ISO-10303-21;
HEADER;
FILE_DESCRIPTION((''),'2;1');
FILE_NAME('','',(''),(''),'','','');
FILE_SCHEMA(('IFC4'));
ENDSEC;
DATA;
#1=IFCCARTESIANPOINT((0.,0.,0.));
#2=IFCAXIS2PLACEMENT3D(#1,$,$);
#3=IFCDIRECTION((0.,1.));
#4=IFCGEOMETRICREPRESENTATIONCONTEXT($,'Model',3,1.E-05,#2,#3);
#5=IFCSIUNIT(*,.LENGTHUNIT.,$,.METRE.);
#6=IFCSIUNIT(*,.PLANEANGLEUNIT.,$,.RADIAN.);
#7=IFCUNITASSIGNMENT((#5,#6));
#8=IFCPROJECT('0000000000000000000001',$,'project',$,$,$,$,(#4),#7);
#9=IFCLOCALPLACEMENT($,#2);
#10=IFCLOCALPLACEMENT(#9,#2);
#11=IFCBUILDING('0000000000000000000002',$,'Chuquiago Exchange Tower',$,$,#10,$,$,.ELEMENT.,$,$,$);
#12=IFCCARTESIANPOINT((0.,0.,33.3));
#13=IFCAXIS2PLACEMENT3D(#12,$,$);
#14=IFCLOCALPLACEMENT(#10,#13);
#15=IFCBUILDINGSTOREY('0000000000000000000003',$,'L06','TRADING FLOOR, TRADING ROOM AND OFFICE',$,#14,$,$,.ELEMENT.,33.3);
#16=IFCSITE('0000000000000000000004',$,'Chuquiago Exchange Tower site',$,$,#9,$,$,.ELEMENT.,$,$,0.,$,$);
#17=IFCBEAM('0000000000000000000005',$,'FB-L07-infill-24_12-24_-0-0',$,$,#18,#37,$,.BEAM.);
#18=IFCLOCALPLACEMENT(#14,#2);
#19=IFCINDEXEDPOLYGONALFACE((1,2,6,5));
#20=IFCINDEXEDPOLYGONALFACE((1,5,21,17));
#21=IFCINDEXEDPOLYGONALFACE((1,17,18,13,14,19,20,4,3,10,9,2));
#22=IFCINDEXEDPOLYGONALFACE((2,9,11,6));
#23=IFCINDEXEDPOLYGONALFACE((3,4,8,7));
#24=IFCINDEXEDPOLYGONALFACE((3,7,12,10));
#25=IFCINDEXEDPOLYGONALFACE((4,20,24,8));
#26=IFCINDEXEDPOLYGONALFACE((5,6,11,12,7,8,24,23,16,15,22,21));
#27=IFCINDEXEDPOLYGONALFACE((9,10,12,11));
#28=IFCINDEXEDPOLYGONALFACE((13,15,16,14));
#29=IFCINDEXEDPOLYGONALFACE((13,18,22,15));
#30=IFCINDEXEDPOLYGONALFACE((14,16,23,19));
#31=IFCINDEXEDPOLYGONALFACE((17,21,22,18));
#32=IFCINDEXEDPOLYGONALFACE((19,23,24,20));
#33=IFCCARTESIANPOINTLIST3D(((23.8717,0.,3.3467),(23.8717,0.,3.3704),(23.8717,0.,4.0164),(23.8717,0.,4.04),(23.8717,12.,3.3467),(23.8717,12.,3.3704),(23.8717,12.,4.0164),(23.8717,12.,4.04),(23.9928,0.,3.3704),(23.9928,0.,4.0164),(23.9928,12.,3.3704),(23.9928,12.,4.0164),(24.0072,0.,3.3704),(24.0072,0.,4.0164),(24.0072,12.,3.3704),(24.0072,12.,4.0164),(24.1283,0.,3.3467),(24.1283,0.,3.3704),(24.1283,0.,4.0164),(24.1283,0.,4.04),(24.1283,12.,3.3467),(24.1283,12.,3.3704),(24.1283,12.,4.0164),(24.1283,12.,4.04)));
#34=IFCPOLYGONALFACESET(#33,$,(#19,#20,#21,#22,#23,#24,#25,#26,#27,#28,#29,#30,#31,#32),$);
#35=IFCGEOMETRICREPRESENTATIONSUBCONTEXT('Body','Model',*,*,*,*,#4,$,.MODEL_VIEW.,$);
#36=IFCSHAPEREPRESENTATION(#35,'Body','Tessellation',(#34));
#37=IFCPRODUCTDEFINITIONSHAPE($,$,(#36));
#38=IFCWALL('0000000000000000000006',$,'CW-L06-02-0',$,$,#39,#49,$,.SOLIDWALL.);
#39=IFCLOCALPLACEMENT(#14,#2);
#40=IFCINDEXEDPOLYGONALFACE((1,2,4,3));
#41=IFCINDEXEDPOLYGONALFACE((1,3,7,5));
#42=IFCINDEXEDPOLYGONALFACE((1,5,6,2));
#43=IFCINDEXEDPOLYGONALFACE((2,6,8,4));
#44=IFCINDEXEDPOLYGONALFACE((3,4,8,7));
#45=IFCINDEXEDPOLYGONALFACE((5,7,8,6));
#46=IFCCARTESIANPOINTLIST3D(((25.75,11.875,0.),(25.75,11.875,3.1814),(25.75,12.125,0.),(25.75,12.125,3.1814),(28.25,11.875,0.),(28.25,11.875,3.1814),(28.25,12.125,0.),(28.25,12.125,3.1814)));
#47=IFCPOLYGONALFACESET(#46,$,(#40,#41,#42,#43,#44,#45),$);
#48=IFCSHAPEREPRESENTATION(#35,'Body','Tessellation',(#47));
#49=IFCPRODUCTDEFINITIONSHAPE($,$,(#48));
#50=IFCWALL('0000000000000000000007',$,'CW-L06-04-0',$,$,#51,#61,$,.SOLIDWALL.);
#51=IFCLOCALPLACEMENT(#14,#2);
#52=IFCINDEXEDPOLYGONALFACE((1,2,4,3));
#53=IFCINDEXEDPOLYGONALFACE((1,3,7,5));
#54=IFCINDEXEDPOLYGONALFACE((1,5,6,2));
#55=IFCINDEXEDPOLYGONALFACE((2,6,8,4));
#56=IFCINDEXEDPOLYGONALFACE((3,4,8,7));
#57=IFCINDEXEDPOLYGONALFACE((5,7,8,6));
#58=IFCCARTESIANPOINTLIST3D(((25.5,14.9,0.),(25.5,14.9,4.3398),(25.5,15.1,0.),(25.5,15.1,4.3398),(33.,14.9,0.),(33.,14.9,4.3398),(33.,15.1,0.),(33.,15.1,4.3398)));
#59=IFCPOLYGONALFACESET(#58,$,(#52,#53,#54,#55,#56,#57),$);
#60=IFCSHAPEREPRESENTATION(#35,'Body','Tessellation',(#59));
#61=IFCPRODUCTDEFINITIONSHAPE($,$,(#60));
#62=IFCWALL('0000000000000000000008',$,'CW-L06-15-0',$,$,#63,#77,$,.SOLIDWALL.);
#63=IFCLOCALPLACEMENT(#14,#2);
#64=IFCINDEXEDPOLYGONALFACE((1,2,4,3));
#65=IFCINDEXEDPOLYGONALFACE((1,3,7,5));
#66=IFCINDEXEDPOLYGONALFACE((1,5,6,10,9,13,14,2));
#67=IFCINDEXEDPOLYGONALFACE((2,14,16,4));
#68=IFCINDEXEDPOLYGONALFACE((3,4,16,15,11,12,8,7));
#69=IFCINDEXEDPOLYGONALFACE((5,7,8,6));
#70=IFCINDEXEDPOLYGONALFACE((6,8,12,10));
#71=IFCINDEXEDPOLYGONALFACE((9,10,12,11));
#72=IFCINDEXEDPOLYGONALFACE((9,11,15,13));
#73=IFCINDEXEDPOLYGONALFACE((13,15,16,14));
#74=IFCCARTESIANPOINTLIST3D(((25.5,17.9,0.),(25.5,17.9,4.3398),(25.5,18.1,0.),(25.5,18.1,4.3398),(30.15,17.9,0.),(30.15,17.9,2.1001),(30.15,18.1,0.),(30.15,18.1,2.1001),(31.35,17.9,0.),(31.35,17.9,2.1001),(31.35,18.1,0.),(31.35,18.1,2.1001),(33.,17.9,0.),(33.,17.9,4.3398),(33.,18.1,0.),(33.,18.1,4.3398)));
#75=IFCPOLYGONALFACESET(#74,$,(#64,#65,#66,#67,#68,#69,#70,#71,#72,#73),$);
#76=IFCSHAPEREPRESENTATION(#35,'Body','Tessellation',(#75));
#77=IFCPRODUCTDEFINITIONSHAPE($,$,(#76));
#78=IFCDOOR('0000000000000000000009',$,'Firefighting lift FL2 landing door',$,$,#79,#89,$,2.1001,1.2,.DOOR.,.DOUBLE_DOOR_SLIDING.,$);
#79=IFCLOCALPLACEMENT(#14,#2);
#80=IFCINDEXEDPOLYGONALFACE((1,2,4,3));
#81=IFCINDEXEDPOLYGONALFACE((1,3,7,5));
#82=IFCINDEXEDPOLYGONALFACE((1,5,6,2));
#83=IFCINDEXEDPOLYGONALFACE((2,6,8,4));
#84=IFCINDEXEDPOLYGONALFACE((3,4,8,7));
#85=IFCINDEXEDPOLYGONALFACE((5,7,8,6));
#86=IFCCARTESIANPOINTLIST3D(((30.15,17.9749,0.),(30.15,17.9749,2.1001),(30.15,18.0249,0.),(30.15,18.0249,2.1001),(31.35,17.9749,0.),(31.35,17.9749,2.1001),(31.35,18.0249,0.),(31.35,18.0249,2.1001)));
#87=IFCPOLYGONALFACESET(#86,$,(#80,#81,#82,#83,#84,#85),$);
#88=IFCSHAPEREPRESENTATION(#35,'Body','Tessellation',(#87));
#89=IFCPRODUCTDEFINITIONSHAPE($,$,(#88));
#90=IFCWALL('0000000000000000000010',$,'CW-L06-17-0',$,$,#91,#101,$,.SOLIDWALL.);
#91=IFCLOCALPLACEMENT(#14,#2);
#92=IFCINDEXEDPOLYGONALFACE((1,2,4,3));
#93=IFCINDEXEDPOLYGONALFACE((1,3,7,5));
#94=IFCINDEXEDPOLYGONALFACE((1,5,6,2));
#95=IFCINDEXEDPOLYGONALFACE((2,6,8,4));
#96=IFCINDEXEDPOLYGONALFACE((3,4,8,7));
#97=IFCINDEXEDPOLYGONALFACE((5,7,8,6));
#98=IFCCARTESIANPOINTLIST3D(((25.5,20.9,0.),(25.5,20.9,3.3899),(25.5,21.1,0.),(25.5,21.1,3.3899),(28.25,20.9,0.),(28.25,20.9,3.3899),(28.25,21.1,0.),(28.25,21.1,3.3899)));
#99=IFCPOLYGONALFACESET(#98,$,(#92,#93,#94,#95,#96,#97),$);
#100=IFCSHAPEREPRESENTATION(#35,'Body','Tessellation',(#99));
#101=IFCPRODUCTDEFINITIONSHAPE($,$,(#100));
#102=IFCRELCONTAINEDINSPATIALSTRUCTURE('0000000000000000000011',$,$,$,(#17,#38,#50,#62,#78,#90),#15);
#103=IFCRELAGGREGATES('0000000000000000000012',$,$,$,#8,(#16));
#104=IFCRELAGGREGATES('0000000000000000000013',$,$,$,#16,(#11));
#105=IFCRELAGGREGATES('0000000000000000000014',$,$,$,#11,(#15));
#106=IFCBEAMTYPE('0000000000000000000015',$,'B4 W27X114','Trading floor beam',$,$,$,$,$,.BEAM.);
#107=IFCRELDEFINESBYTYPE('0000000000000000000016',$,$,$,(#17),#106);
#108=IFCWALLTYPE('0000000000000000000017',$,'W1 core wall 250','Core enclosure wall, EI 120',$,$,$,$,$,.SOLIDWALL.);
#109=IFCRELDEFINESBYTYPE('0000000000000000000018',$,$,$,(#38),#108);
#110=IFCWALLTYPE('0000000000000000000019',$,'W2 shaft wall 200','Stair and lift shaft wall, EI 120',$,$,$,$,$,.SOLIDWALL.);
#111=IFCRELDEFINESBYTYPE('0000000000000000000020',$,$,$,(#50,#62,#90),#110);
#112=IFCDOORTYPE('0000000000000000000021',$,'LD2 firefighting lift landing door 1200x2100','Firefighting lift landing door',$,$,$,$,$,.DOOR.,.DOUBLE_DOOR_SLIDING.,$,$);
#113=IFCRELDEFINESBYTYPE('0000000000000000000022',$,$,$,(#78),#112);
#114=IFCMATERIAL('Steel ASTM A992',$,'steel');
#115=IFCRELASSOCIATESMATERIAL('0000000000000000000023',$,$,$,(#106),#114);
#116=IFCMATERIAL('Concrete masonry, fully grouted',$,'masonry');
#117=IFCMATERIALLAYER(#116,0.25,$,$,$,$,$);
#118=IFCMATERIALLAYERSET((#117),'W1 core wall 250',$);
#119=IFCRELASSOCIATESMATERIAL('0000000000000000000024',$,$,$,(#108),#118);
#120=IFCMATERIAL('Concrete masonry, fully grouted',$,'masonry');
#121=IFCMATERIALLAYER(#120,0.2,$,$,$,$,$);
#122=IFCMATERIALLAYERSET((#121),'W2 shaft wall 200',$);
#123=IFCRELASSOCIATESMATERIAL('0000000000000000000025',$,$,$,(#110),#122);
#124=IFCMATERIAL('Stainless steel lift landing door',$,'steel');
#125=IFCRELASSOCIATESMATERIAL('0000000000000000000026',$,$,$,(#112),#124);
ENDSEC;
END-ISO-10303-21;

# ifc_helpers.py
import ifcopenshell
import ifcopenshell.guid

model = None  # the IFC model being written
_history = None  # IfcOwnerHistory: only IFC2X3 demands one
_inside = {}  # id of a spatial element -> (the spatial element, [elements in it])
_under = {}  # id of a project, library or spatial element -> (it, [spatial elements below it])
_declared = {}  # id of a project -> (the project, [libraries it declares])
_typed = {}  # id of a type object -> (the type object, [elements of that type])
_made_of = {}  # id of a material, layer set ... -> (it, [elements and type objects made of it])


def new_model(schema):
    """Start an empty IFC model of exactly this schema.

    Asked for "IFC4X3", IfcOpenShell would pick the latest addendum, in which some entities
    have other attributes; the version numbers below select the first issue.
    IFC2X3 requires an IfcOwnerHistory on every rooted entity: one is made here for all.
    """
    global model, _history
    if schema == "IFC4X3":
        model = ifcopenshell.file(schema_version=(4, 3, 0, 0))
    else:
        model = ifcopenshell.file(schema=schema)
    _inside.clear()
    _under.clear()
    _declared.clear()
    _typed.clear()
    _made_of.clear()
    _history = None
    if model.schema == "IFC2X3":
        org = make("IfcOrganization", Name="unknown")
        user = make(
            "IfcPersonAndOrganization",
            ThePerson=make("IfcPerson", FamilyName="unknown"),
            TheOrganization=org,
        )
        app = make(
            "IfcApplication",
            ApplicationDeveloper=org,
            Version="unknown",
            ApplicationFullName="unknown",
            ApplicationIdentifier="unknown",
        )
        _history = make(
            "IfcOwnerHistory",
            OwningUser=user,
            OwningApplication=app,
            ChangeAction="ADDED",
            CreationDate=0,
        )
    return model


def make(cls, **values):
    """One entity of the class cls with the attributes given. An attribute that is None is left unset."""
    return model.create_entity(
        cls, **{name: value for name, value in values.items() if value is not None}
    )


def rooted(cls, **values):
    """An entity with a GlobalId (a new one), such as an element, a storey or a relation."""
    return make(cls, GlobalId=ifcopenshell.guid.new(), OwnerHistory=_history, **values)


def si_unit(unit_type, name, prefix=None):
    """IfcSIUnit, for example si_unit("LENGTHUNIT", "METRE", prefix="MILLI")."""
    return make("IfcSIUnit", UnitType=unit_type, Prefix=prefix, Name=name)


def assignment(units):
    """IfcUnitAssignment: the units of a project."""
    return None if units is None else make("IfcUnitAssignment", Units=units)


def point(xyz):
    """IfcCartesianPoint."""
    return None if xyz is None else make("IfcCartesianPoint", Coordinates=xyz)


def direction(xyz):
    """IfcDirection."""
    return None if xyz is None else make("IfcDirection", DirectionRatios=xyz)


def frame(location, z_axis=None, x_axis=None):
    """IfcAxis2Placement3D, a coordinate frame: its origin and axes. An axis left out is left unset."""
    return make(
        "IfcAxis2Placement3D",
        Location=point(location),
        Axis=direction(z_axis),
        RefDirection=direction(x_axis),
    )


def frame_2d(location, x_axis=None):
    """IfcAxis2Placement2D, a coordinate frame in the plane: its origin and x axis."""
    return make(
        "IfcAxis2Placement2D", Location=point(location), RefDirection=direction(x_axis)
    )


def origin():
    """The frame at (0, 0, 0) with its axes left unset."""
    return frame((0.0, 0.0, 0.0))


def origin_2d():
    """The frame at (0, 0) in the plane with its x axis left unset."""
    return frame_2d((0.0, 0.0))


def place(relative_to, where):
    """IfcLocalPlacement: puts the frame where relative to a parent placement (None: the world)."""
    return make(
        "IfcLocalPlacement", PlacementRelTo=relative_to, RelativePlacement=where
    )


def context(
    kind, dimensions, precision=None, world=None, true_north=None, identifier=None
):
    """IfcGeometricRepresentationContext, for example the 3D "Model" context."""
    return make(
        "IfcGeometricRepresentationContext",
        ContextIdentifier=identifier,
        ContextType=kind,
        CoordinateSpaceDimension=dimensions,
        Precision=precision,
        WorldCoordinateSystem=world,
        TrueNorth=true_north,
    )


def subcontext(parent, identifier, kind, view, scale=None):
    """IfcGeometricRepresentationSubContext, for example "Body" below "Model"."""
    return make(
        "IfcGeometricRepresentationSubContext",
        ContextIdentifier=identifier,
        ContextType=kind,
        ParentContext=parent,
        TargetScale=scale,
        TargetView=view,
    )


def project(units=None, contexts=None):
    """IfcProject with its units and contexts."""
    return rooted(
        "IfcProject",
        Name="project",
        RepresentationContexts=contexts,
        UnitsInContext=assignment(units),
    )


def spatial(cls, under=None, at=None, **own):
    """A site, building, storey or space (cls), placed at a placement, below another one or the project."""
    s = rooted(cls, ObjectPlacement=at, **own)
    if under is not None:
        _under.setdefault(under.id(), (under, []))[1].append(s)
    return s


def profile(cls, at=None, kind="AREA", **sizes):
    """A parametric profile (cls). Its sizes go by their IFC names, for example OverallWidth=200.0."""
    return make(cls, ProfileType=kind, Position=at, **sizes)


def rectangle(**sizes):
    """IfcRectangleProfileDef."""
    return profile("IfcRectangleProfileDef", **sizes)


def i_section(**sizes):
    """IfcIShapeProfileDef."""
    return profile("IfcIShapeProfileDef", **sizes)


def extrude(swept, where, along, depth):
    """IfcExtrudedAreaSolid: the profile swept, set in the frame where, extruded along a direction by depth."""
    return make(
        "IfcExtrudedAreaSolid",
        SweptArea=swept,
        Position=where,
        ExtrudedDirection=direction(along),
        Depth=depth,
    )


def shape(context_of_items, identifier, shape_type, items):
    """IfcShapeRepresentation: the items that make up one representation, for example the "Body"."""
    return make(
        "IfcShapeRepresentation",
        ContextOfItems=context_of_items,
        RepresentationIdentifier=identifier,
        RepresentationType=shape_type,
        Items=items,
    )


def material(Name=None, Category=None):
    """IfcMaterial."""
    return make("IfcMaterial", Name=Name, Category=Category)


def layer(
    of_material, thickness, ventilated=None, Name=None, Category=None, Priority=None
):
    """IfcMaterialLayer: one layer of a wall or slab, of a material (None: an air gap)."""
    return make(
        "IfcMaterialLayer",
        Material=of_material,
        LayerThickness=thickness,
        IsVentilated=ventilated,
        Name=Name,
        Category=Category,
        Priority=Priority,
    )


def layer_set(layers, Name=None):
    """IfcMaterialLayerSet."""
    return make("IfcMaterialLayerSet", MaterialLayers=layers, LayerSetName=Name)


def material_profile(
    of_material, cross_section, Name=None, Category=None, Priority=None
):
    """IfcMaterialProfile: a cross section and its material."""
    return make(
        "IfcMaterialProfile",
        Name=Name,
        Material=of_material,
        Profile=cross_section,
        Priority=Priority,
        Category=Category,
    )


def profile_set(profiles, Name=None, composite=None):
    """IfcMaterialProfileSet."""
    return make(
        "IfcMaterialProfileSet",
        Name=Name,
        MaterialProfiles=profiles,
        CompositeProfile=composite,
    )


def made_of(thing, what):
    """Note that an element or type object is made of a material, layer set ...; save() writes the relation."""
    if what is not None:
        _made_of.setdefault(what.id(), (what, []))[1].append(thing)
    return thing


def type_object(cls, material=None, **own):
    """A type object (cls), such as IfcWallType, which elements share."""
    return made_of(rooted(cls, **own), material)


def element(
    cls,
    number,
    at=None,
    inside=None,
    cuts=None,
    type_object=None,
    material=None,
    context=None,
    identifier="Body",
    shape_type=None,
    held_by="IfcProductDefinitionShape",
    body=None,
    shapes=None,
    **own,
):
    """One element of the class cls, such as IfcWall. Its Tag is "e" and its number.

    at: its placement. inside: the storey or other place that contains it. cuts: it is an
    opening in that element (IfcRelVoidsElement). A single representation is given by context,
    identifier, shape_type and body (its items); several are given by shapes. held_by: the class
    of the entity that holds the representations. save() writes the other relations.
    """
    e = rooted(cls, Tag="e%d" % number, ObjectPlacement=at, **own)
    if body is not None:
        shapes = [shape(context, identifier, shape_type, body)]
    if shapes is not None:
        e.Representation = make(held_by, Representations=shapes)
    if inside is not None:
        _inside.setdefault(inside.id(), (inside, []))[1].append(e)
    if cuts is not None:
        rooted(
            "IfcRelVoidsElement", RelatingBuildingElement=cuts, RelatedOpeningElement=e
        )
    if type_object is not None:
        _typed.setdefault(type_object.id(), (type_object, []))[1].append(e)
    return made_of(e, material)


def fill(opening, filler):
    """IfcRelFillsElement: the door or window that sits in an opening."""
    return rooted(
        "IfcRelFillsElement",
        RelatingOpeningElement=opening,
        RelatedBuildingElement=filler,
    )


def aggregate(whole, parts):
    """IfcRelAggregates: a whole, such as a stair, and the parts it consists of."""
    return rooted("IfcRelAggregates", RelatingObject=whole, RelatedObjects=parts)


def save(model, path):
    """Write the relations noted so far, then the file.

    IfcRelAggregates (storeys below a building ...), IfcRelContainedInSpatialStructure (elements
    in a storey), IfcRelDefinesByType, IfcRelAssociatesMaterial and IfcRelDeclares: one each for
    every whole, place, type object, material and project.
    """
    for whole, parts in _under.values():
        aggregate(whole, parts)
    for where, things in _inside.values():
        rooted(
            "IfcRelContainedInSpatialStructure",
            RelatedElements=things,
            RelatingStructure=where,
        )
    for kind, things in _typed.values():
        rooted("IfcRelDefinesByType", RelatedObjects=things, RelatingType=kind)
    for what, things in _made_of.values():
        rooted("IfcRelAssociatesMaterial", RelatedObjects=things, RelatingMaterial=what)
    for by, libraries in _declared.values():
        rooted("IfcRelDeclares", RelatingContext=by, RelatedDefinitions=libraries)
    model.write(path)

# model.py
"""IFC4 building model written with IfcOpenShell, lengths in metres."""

from ifc_helpers import new_model, si_unit, direction, frame, frame_2d, origin, origin_2d, place, context, subcontext, project, spatial, rectangle, i_section, extrude, material, layer, layer_set, material_profile, profile_set, type_object, element, fill, save


model = new_model("IFC4")

# Units and contexts
model_context = context("Model", 3, precision=1e-05, world=origin(), true_north=direction((0.0, 1.0)))
body_context = subcontext(model_context, "Body", "Model", "MODEL_VIEW")
ifc_project = project(units=[si_unit("LENGTHUNIT", "METRE"), si_unit("PLANEANGLEUNIT", "RADIAN")], contexts=[model_context])

# Site, building, storey
site_placement = place(None, origin())
site = spatial("IfcSite", under=ifc_project, at=site_placement, Name="Chuquiago Exchange Tower site", CompositionType="ELEMENT", RefElevation=0.0)
building_placement = place(site_placement, origin())
building = spatial("IfcBuilding", under=site, at=building_placement, Name="Chuquiago Exchange Tower", CompositionType="ELEMENT")
storey_placement = place(building_placement, frame((0.0, 0.0, 33.3)))
storey = spatial("IfcBuildingStorey", under=building, at=storey_placement, Name="L06", Description="TRADING FLOOR, TRADING ROOM AND OFFICE", CompositionType="ELEMENT", Elevation=33.3)

# Beam
ifc_material_1 = material(Name="Steel ASTM A992", Category="steel")
ifc_material_profile_1 = material_profile(ifc_material_1, i_section(OverallWidth=0.2566, OverallDepth=0.6934, WebThickness=0.0144, FlangeThickness=0.0237, at=origin_2d()), Name="W27X114")
ifc_profile_set_1 = profile_set([ifc_material_profile_1], Name="Steel ASTM A992")
beam_type_1 = type_object("IfcBeamType", Name="B4 W27X114", Description="Trading floor beam", PredefinedType="BEAM", material=ifc_profile_set_1)
for number, where, z_axis, x_axis, name in (
    (1, (24.0, 12.0, 3.6934), (0.0, -1.0, 0.0), (1.0, 0.0, 0.0), "FB-L07-infill-24_12-24_-0-0"),
):
    element("IfcBeam", number, at=place(storey_placement, frame(where, z_axis=z_axis, x_axis=x_axis)), inside=storey, type_object=beam_type_1, Name=name, PredefinedType="BEAM", context=body_context, shape_type="SweptSolid", body=[
        extrude(i_section(OverallWidth=0.2566, OverallDepth=0.6934, WebThickness=0.0144, FlangeThickness=0.0237, at=origin_2d()), origin(), (0.0, 0.0, 1.0), 12.0),
    ])

# Walls
ifc_material_2 = material(Name="Concrete masonry, fully grouted", Category="masonry")
ifc_layer_1 = layer(ifc_material_2, 0.25)
ifc_layer_set_1 = layer_set([ifc_layer_1], Name="W1 core wall 250")
wall_type_1 = type_object("IfcWallType", Name="W1 core wall 250", Description="Core enclosure wall, EI 120", PredefinedType="SOLIDWALL", material=ifc_layer_set_1)
wall_1_placement = place(storey_placement, frame((25.75, 12.0, 0.0), z_axis=(0.0, 0.0, 1.0), x_axis=(1.0, 0.0, 0.0)))
element("IfcWall", 2, at=wall_1_placement, inside=storey, type_object=wall_type_1, Name="CW-L06-02-0", PredefinedType="SOLIDWALL", context=body_context, shape_type="SweptSolid", body=[
    extrude(rectangle(XDim=2.5, YDim=0.25, at=frame_2d((1.25, 0.0))), origin(), (0.0, 0.0, 1.0), 3.1814),
])
ifc_material_3 = material(Name="Concrete masonry, fully grouted", Category="masonry")
ifc_layer_2 = layer(ifc_material_3, 0.2)
ifc_layer_set_2 = layer_set([ifc_layer_2], Name="W2 shaft wall 200")
wall_type_2 = type_object("IfcWallType", Name="W2 shaft wall 200", Description="Stair and lift shaft wall, EI 120", PredefinedType="SOLIDWALL", material=ifc_layer_set_2)
wall_2_placement = place(storey_placement, frame((25.5, 15.0, 0.0), z_axis=(0.0, 0.0, 1.0), x_axis=(1.0, 0.0, 0.0)))
element("IfcWall", 3, at=wall_2_placement, inside=storey, type_object=wall_type_2, Name="CW-L06-04-0", PredefinedType="SOLIDWALL", context=body_context, shape_type="SweptSolid", body=[
    extrude(rectangle(XDim=7.5, YDim=0.2, at=frame_2d((3.75, 0.0))), origin(), (0.0, 0.0, 1.0), 4.3398),
])

# Wall, opening, door
wall_3_placement = place(storey_placement, frame((25.5, 18.0, 0.0), z_axis=(0.0, 0.0, 1.0), x_axis=(1.0, 0.0, 0.0)))
wall_3 = element("IfcWall", 4, at=wall_3_placement, inside=storey, type_object=wall_type_2, Name="CW-L06-15-0", PredefinedType="SOLIDWALL", context=body_context, shape_type="SweptSolid", body=[
    extrude(rectangle(XDim=7.5, YDim=0.2, at=frame_2d((3.75, 0.0))), origin(), (0.0, 0.0, 1.0), 4.3398),
])
opening_1_placement = place(wall_3_placement, frame((4.6499, 0.0, 0.0)))
opening_1 = element("IfcOpeningElement", 5, at=opening_1_placement, cuts=wall_3, PredefinedType="OPENING", context=body_context, shape_type="SweptSolid", body=[
    extrude(rectangle(XDim=1.2, YDim=2.1001, at=frame_2d((0.6001, 1.05))), frame((0.0, 0.1099, 0.0), z_axis=(0.0, -1.0, 0.0), x_axis=(1.0, 0.0, 0.0)), (0.0, 0.0, 1.0), 0.22),
])
ifc_material_4 = material(Name="Stainless steel lift landing door", Category="steel")
door_type_1 = type_object("IfcDoorType", Name="LD2 firefighting lift landing door 1200x2100", Description="Firefighting lift landing door", OperationType="DOUBLE_DOOR_SLIDING", PredefinedType="DOOR", material=ifc_material_4)
door_1_placement = place(opening_1_placement, origin())
door_1 = element("IfcDoor", 6, at=door_1_placement, inside=storey, type_object=door_type_1, Name="Firefighting lift FL2 landing door", OperationType="DOUBLE_DOOR_SLIDING", OverallHeight=2.1001, OverallWidth=1.2, PredefinedType="DOOR", context=body_context, shape_type="SweptSolid", body=[
    extrude(rectangle(XDim=1.2, YDim=2.1001, at=frame_2d((0.6001, 1.05))), frame((0.0, 0.0249, 0.0), z_axis=(0.0, -1.0, 0.0), x_axis=(1.0, 0.0, 0.0)), (0.0, 0.0, 1.0), 0.05),
])
fill(opening_1, door_1)

# Wall
wall_4_placement = place(storey_placement, frame((25.5, 21.0, 0.0), z_axis=(0.0, 0.0, 1.0), x_axis=(1.0, 0.0, 0.0)))
element("IfcWall", 7, at=wall_4_placement, inside=storey, type_object=wall_type_2, Name="CW-L06-17-0", PredefinedType="SOLIDWALL", context=body_context, shape_type="SweptSolid", body=[
    extrude(rectangle(XDim=2.75, YDim=0.2, at=frame_2d((1.375, 0.0))), origin(), (0.0, 0.0, 1.0), 3.3899),
])

save(model, "model.ifc")
